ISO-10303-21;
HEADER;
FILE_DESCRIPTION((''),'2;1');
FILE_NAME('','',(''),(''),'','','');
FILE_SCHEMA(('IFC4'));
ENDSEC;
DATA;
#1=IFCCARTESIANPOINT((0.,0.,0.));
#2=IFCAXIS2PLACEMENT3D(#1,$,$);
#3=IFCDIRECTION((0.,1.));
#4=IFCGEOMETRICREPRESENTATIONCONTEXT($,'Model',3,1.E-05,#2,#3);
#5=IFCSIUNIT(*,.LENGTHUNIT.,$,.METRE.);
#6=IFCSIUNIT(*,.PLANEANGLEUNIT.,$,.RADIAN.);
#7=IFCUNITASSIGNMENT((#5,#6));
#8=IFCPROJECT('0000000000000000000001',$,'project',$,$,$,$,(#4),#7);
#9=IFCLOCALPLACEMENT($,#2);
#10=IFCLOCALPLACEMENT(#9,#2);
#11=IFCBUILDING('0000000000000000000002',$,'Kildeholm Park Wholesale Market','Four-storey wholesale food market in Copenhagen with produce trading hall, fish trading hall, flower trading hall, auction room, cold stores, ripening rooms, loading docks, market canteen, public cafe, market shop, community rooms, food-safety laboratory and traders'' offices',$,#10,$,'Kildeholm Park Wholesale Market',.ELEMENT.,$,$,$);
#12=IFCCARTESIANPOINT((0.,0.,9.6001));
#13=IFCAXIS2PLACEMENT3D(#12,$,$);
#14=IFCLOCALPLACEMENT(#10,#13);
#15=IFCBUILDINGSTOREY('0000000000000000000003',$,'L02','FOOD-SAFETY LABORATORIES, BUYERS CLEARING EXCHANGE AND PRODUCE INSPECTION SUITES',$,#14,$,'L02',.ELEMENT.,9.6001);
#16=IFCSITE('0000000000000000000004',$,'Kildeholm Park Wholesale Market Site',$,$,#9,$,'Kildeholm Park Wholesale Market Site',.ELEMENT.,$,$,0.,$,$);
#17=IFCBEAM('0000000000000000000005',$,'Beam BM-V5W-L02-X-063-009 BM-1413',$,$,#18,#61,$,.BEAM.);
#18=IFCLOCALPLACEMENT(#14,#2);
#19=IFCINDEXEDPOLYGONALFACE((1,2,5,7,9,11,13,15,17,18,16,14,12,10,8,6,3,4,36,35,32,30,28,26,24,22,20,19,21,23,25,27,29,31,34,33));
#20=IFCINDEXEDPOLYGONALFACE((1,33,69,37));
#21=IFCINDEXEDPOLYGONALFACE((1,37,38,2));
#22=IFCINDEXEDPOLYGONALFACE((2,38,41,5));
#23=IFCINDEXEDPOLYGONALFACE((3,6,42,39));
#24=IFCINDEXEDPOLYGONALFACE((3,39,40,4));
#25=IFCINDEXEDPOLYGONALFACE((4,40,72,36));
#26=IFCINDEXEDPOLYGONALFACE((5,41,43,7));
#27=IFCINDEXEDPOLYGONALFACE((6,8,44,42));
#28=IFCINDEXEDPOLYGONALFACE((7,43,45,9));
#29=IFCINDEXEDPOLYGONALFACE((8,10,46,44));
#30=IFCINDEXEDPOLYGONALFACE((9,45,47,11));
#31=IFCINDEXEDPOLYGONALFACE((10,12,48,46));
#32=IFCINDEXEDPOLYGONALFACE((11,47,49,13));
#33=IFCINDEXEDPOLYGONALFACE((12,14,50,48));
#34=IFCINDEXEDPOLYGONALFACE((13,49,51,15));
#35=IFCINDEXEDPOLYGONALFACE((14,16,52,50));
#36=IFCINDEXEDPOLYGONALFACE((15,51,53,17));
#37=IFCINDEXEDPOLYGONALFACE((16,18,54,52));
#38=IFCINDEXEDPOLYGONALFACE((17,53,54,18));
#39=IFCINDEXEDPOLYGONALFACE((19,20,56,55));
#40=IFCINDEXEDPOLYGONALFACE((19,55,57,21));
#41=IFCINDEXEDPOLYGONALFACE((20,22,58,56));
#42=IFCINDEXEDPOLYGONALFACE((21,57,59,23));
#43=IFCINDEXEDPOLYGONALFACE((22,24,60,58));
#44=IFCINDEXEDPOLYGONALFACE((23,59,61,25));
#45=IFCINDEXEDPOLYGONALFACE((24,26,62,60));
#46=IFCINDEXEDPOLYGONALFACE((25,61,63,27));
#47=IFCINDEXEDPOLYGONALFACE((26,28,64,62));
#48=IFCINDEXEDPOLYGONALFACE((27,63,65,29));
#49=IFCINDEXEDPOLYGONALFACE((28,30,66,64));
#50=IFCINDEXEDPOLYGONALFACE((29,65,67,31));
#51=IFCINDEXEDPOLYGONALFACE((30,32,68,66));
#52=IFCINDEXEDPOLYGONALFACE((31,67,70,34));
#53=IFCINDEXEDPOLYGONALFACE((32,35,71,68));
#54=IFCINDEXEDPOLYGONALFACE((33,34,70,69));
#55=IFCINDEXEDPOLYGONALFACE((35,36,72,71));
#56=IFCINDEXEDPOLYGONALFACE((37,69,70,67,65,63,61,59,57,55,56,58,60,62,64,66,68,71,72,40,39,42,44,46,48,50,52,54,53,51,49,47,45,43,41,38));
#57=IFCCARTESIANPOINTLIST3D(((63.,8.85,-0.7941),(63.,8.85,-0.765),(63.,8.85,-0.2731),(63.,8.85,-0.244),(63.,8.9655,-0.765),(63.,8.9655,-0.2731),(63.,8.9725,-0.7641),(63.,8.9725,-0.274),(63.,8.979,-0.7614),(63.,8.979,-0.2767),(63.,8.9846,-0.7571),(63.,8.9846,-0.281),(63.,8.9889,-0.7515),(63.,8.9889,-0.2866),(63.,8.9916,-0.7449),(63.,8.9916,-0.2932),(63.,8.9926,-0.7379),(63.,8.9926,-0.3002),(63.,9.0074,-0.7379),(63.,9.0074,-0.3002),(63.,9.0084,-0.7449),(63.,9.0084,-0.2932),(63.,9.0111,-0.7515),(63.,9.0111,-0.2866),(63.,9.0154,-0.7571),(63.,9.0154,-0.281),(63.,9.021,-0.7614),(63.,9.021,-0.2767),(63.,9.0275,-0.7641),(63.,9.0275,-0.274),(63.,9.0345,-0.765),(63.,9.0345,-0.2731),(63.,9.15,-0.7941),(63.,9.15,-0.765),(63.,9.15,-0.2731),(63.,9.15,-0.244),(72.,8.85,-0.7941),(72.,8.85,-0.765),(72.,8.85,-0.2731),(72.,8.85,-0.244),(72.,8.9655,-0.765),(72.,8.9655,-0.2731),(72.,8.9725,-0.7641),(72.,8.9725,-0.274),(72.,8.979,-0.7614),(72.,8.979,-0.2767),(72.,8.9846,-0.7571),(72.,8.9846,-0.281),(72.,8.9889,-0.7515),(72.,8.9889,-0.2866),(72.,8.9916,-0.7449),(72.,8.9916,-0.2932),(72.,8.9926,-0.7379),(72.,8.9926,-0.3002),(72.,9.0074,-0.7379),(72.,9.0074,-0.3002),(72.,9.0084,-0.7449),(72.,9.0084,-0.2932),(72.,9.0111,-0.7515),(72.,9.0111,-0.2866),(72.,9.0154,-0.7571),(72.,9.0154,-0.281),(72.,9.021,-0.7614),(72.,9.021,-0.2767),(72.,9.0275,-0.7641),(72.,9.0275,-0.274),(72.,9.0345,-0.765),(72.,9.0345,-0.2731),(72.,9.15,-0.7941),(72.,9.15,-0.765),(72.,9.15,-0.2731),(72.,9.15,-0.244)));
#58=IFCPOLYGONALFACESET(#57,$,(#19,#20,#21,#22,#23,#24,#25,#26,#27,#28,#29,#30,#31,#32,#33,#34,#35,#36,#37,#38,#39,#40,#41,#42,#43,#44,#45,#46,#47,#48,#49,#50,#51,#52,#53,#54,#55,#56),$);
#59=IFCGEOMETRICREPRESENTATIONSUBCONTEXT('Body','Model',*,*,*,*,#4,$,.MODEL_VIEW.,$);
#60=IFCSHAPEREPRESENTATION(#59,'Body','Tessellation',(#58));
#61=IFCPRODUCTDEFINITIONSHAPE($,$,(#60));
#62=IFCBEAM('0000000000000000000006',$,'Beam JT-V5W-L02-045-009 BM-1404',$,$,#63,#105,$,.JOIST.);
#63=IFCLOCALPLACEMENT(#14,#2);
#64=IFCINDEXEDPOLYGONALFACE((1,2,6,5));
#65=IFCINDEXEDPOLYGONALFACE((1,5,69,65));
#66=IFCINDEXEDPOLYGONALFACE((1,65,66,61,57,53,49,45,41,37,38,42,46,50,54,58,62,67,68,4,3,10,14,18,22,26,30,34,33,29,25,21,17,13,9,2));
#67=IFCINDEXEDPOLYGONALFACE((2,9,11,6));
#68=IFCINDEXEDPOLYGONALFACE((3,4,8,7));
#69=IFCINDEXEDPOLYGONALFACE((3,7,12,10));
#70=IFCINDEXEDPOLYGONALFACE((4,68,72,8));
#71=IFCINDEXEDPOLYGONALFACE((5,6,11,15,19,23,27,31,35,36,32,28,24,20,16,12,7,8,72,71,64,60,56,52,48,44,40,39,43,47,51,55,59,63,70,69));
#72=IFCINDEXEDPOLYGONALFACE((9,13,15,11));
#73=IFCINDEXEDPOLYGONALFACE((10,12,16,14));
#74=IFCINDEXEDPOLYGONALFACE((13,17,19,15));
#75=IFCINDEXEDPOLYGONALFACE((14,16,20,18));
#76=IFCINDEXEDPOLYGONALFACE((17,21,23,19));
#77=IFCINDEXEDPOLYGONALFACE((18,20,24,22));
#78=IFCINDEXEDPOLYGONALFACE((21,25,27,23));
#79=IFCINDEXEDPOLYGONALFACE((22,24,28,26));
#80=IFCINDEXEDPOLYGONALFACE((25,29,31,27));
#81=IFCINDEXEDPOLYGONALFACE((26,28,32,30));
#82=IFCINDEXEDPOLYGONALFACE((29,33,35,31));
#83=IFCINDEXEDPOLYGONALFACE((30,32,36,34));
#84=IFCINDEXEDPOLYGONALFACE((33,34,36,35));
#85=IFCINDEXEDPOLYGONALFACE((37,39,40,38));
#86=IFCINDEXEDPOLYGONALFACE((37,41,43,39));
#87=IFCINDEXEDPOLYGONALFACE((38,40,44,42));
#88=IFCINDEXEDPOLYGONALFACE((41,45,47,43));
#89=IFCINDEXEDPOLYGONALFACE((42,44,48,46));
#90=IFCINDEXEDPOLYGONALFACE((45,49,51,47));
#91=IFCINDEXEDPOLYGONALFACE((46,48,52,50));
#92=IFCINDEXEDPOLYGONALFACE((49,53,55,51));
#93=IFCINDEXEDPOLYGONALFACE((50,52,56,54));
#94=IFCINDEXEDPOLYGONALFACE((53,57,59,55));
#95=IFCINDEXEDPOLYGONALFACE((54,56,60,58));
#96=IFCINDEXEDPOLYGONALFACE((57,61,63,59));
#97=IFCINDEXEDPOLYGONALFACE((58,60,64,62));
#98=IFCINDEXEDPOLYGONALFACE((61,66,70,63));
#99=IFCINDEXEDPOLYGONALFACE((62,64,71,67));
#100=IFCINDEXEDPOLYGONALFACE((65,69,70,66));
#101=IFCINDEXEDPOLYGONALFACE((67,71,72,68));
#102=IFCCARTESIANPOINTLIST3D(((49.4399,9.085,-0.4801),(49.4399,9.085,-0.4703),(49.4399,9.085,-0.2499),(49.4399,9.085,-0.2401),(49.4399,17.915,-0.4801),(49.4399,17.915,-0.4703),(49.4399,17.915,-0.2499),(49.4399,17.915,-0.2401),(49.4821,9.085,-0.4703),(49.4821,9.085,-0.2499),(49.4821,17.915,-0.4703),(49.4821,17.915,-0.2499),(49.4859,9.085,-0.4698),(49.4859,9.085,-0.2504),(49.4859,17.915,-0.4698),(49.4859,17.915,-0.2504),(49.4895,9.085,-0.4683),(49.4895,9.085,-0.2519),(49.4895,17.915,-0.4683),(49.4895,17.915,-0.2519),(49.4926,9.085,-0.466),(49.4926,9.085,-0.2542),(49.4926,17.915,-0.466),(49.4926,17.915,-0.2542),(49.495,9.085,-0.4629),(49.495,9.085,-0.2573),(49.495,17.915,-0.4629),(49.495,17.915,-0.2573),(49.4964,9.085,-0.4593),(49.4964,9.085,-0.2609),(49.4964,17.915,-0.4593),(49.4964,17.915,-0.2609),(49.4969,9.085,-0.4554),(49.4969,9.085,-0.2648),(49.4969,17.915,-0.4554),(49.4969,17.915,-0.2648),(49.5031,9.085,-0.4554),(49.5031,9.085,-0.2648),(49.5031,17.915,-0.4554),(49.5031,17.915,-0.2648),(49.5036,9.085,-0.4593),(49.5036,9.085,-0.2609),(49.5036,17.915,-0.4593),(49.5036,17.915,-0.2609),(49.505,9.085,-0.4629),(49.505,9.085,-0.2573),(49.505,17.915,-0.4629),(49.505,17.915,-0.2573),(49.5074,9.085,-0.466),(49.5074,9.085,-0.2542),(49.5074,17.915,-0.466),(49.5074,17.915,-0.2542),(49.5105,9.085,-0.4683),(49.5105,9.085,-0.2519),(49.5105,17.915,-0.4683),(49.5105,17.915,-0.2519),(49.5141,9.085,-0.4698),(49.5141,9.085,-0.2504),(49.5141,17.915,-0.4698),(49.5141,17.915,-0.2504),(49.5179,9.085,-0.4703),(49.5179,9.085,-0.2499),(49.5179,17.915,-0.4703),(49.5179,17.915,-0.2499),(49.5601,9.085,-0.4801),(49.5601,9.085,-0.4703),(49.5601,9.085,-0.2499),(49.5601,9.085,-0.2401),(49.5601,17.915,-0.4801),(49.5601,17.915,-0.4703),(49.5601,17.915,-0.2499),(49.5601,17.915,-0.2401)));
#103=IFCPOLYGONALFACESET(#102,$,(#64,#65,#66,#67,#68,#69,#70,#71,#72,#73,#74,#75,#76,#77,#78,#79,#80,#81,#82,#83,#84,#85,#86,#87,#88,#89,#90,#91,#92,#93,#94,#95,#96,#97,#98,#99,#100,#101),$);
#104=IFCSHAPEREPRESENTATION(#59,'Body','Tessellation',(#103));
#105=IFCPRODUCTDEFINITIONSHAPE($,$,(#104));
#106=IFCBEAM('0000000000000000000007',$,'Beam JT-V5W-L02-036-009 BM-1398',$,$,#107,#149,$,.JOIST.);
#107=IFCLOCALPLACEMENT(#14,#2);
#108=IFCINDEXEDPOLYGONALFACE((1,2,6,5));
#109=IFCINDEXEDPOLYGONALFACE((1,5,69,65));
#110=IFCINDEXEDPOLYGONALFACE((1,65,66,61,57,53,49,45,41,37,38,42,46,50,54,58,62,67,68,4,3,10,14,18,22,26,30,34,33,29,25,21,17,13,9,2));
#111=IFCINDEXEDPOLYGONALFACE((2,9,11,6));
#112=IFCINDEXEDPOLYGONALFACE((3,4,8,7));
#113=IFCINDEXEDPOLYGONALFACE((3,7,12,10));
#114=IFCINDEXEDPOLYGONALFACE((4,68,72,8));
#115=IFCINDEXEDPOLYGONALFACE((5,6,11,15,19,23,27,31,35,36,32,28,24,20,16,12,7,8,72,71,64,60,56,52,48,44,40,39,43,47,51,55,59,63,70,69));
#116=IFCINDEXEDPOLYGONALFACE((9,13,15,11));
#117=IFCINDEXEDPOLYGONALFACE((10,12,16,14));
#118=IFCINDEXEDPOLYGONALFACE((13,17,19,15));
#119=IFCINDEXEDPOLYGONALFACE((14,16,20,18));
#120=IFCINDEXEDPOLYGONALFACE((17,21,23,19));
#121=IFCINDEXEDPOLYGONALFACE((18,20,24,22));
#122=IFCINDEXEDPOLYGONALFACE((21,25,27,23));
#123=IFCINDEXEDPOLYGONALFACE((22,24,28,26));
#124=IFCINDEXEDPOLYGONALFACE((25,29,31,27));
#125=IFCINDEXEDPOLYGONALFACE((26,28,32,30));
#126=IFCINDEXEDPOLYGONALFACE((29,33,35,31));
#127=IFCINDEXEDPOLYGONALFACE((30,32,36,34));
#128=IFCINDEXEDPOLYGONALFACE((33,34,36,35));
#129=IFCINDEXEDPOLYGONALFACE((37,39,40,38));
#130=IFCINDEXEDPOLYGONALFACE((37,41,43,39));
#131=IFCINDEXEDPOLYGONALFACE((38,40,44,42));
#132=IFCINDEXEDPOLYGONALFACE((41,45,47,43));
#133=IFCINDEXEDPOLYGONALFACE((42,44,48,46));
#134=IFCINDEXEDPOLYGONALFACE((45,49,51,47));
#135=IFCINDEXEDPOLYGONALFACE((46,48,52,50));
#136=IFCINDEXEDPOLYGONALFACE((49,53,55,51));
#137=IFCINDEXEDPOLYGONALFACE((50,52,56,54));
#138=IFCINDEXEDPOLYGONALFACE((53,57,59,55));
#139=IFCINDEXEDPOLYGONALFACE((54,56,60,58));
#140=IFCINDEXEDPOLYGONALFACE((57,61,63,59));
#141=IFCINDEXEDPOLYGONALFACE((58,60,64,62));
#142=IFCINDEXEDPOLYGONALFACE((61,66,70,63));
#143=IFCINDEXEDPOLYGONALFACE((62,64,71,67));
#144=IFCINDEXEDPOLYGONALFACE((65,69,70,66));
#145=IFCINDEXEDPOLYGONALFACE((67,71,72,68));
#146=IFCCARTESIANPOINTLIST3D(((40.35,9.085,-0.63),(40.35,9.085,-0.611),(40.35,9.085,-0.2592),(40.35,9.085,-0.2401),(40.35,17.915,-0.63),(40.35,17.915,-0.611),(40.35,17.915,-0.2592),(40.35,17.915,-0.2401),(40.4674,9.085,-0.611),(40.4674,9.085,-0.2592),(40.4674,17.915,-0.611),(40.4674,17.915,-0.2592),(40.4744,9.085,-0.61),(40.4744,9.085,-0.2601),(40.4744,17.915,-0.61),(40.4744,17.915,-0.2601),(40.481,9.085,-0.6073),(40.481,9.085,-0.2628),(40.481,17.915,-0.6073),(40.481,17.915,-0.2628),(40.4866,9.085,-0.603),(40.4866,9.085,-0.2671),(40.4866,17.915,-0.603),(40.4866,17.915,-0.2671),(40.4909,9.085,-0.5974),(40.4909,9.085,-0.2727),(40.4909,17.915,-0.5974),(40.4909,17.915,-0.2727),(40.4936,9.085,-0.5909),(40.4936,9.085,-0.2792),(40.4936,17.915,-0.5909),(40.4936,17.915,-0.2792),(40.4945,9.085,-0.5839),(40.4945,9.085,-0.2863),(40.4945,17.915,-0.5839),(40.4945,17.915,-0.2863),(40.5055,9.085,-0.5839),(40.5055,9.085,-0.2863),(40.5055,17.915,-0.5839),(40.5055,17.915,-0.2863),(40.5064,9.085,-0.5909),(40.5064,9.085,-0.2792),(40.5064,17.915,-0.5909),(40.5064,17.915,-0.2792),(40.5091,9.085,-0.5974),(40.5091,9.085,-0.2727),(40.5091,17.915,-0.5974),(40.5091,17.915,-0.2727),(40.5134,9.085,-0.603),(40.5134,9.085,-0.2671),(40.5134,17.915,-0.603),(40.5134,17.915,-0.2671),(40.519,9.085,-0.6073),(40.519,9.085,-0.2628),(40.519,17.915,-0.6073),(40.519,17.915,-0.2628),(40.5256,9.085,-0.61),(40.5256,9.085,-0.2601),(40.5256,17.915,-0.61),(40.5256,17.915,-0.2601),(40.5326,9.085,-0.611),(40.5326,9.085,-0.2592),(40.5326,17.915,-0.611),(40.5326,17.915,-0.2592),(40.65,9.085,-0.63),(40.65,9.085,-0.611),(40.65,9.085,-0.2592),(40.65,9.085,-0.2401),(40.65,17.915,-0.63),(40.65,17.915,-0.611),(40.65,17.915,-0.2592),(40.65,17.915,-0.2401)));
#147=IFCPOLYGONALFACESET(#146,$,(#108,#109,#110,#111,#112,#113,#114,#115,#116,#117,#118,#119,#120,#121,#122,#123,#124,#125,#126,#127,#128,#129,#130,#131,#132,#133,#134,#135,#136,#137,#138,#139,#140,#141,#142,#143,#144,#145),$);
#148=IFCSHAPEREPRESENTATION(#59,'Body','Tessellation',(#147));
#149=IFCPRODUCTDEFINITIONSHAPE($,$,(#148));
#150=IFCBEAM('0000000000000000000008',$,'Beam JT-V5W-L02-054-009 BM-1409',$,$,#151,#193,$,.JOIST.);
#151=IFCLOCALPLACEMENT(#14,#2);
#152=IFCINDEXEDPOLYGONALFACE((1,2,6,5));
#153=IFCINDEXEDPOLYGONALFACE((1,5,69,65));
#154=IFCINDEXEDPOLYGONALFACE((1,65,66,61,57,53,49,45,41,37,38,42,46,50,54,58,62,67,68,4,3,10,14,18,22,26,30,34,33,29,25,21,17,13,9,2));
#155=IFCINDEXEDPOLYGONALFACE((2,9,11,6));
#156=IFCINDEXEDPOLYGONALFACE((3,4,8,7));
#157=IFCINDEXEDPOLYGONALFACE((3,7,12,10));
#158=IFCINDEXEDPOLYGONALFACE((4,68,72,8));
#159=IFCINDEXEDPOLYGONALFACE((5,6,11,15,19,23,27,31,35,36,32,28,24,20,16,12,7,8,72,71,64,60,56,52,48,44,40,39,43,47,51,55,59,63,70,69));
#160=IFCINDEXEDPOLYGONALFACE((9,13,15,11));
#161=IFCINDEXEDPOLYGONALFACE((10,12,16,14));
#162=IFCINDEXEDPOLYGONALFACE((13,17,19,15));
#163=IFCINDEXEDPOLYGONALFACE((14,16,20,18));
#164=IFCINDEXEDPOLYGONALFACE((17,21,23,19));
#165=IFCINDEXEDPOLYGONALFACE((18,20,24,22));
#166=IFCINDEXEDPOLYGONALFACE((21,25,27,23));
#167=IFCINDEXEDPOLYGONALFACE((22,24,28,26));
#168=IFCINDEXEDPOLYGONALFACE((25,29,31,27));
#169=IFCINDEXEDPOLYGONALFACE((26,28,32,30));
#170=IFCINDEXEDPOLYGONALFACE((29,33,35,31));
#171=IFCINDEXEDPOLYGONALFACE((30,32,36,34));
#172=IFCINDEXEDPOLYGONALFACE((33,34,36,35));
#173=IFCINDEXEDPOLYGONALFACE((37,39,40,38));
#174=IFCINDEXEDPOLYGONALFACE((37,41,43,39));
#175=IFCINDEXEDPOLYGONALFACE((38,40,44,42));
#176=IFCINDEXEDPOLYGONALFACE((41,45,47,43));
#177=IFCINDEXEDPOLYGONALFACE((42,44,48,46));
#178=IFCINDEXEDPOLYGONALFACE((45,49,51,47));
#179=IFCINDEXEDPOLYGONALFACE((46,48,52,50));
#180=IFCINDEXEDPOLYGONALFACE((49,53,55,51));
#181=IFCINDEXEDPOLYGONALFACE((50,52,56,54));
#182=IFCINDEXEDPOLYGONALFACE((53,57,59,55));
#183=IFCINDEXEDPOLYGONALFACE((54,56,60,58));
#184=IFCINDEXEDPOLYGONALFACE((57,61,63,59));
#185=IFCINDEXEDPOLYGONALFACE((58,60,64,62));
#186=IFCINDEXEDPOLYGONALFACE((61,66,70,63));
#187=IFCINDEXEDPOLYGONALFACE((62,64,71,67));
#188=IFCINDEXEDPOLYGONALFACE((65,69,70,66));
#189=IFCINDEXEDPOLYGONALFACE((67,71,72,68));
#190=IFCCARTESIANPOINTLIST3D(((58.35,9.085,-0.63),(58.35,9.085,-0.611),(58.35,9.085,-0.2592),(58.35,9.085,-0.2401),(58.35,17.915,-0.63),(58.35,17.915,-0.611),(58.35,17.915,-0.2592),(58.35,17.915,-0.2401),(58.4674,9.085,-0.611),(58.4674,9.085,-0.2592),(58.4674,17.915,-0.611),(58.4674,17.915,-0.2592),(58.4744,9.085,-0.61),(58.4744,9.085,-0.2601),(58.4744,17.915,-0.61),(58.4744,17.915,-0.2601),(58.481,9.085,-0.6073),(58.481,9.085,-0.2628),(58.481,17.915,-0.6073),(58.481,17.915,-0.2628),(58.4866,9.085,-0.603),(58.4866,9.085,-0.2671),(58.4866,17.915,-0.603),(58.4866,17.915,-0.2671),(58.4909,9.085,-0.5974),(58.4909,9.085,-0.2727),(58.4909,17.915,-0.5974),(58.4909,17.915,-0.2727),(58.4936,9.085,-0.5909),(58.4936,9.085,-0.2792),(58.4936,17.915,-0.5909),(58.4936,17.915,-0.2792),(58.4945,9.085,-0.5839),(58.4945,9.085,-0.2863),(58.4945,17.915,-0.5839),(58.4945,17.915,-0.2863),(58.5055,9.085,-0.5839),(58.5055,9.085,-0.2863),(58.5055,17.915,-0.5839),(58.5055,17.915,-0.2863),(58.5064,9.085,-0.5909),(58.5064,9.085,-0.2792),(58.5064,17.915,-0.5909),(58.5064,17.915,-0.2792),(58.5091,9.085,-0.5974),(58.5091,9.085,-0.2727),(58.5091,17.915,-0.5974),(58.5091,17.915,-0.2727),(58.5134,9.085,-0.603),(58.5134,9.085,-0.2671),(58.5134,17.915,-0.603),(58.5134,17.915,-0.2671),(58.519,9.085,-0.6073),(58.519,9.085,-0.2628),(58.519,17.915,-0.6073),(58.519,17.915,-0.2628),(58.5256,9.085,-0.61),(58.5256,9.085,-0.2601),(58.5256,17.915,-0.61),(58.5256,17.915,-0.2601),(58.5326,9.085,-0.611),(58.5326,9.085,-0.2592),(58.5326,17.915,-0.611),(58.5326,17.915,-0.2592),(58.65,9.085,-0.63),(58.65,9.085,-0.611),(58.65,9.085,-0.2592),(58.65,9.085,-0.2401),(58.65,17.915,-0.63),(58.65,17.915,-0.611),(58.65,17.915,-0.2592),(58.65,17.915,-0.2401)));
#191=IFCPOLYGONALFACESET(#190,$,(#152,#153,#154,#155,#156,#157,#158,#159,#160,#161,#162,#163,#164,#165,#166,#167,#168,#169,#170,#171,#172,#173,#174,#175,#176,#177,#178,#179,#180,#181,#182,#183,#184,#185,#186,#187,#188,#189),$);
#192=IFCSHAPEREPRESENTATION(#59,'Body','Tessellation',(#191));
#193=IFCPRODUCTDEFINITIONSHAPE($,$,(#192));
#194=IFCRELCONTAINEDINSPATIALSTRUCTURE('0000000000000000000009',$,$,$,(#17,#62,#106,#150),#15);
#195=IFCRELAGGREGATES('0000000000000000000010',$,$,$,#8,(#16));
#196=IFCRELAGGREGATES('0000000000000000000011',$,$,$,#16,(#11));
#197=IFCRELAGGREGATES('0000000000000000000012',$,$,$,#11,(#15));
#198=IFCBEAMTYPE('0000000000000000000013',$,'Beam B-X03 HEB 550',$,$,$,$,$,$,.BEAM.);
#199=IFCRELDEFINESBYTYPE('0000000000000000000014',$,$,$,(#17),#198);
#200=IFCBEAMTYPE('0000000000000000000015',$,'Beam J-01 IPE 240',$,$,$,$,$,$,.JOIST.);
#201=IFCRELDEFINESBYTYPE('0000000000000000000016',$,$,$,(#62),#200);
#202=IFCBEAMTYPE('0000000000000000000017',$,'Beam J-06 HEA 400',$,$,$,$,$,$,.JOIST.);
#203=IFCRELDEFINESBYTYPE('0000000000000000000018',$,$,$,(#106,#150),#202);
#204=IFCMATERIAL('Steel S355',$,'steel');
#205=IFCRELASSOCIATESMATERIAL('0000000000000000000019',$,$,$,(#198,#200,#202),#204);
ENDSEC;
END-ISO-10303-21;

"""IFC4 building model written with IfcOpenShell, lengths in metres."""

from ifc_helpers import new_model, si_unit, direction, frame, origin, origin_2d, place, context, subcontext, project, spatial, i_section, extrude, material, material_profile, profile_set, type_object, element, save


model = new_model("IFC4")

# Units and contexts
model_context = context("Model", 3, precision=1e-05, world=origin(), true_north=direction((0.0, 1.0)))
body_context = subcontext(model_context, "Body", "Model", "MODEL_VIEW")
ifc_project = project(units=[si_unit("LENGTHUNIT", "METRE"), si_unit("PLANEANGLEUNIT", "RADIAN")], contexts=[model_context])

# Site, building, storey
site_placement = place(None, origin())
site = spatial("IfcSite", under=ifc_project, at=site_placement, Name="Kildeholm Park Wholesale Market Site", LongName="Kildeholm Park Wholesale Market Site", CompositionType="ELEMENT", RefElevation=0.0)
building_placement = place(site_placement, origin())
building = spatial("IfcBuilding", under=site, at=building_placement, Name="Kildeholm Park Wholesale Market", Description="Four-storey wholesale food market in Copenhagen with produce trading hall, fish trading hall, flower trading hall, auction room, cold stores, ripening rooms, loading docks, market canteen, public cafe, market shop, community rooms, food-safety laboratory and traders' offices", LongName="Kildeholm Park Wholesale Market", CompositionType="ELEMENT")
storey_placement = place(building_placement, frame((0.0, 0.0, 9.6001)))
storey = spatial("IfcBuildingStorey", under=building, at=storey_placement, Name="L02", Description="FOOD-SAFETY LABORATORIES, BUYERS CLEARING EXCHANGE AND PRODUCE INSPECTION SUITES", LongName="L02", CompositionType="ELEMENT", Elevation=9.6001)

# Shared definitions
ifc_material_1 = material(Name="Steel S355", Category="steel")

# Beams
ifc_material_profile_1 = material_profile(ifc_material_1, i_section(OverallWidth=0.3, OverallDepth=0.55, WebThickness=0.0149, FlangeThickness=0.0291, FilletRadius=0.0271, at=origin_2d()), Name="HEB 550")
ifc_profile_set_1 = profile_set([ifc_material_profile_1], Name="Steel S355")
beam_type_1 = type_object("IfcBeamType", Name="Beam B-X03 HEB 550", PredefinedType="BEAM", material=ifc_profile_set_1)
beam_1_placement = place(storey_placement, frame((63.0, 9.0, -0.519), z_axis=(1.0, 0.0, 0.0), x_axis=(0.0, 1.0, 0.0)))
element("IfcBeam", 1, at=beam_1_placement, inside=storey, type_object=beam_type_1, Name="Beam BM-V5W-L02-X-063-009 BM-1413", PredefinedType="BEAM", context=body_context, shape_type="SweptSolid", body=[
    extrude(i_section(OverallWidth=0.3, OverallDepth=0.55, WebThickness=0.0149, FlangeThickness=0.0291, FilletRadius=0.0271, at=origin_2d()), origin(), (0.0, 0.0, 1.0), 9.0),
])
ifc_material_profile_2 = material_profile(ifc_material_1, i_section(OverallWidth=0.1201, OverallDepth=0.24, WebThickness=0.0061, FlangeThickness=0.0098, FilletRadius=0.0149, at=origin_2d()), Name="IPE 240")
ifc_profile_set_2 = profile_set([ifc_material_profile_2], Name="Steel S355")
beam_type_2 = type_object("IfcBeamType", Name="Beam J-01 IPE 240", PredefinedType="JOIST", material=ifc_profile_set_2)
beam_2_placement = place(storey_placement, frame((49.5, 9.085, -0.3601), z_axis=(0.0, 1.0, 0.0), x_axis=(-1.0, 0.0, 0.0)))
element("IfcBeam", 2, at=beam_2_placement, inside=storey, type_object=beam_type_2, Name="Beam JT-V5W-L02-045-009 BM-1404", PredefinedType="JOIST", context=body_context, shape_type="SweptSolid", body=[
    extrude(i_section(OverallWidth=0.1201, OverallDepth=0.24, WebThickness=0.0061, FlangeThickness=0.0098, FilletRadius=0.0149, at=origin_2d()), origin(), (0.0, 0.0, 1.0), 8.8301),
])
ifc_material_profile_3 = material_profile(ifc_material_1, i_section(OverallWidth=0.3, OverallDepth=0.3899, WebThickness=0.011, FlangeThickness=0.019, FilletRadius=0.0271, at=origin_2d()), Name="HEA 400")
ifc_profile_set_3 = profile_set([ifc_material_profile_3], Name="Steel S355")
beam_type_3 = type_object("IfcBeamType", Name="Beam J-06 HEA 400", PredefinedType="JOIST", material=ifc_profile_set_3)
for number, where, z_axis, x_axis, name in (
    (3, (40.5, 9.085, -0.4351), (0.0, 1.0, 0.0), (-1.0, 0.0, 0.0), "Beam JT-V5W-L02-036-009 BM-1398"),
    (4, (58.5, 9.085, -0.4351), (0.0, 1.0, 0.0), (-1.0, 0.0, 0.0), "Beam JT-V5W-L02-054-009 BM-1409"),
):
    element("IfcBeam", number, at=place(storey_placement, frame(where, z_axis=z_axis, x_axis=x_axis)), inside=storey, type_object=beam_type_3, Name=name, PredefinedType="JOIST", context=body_context, shape_type="SweptSolid", body=[
        extrude(i_section(OverallWidth=0.3, OverallDepth=0.3899, WebThickness=0.011, FlangeThickness=0.019, FilletRadius=0.0271, at=origin_2d()), origin(), (0.0, 0.0, 1.0), 8.8301),
    ])

save(model, "model.ifc")
